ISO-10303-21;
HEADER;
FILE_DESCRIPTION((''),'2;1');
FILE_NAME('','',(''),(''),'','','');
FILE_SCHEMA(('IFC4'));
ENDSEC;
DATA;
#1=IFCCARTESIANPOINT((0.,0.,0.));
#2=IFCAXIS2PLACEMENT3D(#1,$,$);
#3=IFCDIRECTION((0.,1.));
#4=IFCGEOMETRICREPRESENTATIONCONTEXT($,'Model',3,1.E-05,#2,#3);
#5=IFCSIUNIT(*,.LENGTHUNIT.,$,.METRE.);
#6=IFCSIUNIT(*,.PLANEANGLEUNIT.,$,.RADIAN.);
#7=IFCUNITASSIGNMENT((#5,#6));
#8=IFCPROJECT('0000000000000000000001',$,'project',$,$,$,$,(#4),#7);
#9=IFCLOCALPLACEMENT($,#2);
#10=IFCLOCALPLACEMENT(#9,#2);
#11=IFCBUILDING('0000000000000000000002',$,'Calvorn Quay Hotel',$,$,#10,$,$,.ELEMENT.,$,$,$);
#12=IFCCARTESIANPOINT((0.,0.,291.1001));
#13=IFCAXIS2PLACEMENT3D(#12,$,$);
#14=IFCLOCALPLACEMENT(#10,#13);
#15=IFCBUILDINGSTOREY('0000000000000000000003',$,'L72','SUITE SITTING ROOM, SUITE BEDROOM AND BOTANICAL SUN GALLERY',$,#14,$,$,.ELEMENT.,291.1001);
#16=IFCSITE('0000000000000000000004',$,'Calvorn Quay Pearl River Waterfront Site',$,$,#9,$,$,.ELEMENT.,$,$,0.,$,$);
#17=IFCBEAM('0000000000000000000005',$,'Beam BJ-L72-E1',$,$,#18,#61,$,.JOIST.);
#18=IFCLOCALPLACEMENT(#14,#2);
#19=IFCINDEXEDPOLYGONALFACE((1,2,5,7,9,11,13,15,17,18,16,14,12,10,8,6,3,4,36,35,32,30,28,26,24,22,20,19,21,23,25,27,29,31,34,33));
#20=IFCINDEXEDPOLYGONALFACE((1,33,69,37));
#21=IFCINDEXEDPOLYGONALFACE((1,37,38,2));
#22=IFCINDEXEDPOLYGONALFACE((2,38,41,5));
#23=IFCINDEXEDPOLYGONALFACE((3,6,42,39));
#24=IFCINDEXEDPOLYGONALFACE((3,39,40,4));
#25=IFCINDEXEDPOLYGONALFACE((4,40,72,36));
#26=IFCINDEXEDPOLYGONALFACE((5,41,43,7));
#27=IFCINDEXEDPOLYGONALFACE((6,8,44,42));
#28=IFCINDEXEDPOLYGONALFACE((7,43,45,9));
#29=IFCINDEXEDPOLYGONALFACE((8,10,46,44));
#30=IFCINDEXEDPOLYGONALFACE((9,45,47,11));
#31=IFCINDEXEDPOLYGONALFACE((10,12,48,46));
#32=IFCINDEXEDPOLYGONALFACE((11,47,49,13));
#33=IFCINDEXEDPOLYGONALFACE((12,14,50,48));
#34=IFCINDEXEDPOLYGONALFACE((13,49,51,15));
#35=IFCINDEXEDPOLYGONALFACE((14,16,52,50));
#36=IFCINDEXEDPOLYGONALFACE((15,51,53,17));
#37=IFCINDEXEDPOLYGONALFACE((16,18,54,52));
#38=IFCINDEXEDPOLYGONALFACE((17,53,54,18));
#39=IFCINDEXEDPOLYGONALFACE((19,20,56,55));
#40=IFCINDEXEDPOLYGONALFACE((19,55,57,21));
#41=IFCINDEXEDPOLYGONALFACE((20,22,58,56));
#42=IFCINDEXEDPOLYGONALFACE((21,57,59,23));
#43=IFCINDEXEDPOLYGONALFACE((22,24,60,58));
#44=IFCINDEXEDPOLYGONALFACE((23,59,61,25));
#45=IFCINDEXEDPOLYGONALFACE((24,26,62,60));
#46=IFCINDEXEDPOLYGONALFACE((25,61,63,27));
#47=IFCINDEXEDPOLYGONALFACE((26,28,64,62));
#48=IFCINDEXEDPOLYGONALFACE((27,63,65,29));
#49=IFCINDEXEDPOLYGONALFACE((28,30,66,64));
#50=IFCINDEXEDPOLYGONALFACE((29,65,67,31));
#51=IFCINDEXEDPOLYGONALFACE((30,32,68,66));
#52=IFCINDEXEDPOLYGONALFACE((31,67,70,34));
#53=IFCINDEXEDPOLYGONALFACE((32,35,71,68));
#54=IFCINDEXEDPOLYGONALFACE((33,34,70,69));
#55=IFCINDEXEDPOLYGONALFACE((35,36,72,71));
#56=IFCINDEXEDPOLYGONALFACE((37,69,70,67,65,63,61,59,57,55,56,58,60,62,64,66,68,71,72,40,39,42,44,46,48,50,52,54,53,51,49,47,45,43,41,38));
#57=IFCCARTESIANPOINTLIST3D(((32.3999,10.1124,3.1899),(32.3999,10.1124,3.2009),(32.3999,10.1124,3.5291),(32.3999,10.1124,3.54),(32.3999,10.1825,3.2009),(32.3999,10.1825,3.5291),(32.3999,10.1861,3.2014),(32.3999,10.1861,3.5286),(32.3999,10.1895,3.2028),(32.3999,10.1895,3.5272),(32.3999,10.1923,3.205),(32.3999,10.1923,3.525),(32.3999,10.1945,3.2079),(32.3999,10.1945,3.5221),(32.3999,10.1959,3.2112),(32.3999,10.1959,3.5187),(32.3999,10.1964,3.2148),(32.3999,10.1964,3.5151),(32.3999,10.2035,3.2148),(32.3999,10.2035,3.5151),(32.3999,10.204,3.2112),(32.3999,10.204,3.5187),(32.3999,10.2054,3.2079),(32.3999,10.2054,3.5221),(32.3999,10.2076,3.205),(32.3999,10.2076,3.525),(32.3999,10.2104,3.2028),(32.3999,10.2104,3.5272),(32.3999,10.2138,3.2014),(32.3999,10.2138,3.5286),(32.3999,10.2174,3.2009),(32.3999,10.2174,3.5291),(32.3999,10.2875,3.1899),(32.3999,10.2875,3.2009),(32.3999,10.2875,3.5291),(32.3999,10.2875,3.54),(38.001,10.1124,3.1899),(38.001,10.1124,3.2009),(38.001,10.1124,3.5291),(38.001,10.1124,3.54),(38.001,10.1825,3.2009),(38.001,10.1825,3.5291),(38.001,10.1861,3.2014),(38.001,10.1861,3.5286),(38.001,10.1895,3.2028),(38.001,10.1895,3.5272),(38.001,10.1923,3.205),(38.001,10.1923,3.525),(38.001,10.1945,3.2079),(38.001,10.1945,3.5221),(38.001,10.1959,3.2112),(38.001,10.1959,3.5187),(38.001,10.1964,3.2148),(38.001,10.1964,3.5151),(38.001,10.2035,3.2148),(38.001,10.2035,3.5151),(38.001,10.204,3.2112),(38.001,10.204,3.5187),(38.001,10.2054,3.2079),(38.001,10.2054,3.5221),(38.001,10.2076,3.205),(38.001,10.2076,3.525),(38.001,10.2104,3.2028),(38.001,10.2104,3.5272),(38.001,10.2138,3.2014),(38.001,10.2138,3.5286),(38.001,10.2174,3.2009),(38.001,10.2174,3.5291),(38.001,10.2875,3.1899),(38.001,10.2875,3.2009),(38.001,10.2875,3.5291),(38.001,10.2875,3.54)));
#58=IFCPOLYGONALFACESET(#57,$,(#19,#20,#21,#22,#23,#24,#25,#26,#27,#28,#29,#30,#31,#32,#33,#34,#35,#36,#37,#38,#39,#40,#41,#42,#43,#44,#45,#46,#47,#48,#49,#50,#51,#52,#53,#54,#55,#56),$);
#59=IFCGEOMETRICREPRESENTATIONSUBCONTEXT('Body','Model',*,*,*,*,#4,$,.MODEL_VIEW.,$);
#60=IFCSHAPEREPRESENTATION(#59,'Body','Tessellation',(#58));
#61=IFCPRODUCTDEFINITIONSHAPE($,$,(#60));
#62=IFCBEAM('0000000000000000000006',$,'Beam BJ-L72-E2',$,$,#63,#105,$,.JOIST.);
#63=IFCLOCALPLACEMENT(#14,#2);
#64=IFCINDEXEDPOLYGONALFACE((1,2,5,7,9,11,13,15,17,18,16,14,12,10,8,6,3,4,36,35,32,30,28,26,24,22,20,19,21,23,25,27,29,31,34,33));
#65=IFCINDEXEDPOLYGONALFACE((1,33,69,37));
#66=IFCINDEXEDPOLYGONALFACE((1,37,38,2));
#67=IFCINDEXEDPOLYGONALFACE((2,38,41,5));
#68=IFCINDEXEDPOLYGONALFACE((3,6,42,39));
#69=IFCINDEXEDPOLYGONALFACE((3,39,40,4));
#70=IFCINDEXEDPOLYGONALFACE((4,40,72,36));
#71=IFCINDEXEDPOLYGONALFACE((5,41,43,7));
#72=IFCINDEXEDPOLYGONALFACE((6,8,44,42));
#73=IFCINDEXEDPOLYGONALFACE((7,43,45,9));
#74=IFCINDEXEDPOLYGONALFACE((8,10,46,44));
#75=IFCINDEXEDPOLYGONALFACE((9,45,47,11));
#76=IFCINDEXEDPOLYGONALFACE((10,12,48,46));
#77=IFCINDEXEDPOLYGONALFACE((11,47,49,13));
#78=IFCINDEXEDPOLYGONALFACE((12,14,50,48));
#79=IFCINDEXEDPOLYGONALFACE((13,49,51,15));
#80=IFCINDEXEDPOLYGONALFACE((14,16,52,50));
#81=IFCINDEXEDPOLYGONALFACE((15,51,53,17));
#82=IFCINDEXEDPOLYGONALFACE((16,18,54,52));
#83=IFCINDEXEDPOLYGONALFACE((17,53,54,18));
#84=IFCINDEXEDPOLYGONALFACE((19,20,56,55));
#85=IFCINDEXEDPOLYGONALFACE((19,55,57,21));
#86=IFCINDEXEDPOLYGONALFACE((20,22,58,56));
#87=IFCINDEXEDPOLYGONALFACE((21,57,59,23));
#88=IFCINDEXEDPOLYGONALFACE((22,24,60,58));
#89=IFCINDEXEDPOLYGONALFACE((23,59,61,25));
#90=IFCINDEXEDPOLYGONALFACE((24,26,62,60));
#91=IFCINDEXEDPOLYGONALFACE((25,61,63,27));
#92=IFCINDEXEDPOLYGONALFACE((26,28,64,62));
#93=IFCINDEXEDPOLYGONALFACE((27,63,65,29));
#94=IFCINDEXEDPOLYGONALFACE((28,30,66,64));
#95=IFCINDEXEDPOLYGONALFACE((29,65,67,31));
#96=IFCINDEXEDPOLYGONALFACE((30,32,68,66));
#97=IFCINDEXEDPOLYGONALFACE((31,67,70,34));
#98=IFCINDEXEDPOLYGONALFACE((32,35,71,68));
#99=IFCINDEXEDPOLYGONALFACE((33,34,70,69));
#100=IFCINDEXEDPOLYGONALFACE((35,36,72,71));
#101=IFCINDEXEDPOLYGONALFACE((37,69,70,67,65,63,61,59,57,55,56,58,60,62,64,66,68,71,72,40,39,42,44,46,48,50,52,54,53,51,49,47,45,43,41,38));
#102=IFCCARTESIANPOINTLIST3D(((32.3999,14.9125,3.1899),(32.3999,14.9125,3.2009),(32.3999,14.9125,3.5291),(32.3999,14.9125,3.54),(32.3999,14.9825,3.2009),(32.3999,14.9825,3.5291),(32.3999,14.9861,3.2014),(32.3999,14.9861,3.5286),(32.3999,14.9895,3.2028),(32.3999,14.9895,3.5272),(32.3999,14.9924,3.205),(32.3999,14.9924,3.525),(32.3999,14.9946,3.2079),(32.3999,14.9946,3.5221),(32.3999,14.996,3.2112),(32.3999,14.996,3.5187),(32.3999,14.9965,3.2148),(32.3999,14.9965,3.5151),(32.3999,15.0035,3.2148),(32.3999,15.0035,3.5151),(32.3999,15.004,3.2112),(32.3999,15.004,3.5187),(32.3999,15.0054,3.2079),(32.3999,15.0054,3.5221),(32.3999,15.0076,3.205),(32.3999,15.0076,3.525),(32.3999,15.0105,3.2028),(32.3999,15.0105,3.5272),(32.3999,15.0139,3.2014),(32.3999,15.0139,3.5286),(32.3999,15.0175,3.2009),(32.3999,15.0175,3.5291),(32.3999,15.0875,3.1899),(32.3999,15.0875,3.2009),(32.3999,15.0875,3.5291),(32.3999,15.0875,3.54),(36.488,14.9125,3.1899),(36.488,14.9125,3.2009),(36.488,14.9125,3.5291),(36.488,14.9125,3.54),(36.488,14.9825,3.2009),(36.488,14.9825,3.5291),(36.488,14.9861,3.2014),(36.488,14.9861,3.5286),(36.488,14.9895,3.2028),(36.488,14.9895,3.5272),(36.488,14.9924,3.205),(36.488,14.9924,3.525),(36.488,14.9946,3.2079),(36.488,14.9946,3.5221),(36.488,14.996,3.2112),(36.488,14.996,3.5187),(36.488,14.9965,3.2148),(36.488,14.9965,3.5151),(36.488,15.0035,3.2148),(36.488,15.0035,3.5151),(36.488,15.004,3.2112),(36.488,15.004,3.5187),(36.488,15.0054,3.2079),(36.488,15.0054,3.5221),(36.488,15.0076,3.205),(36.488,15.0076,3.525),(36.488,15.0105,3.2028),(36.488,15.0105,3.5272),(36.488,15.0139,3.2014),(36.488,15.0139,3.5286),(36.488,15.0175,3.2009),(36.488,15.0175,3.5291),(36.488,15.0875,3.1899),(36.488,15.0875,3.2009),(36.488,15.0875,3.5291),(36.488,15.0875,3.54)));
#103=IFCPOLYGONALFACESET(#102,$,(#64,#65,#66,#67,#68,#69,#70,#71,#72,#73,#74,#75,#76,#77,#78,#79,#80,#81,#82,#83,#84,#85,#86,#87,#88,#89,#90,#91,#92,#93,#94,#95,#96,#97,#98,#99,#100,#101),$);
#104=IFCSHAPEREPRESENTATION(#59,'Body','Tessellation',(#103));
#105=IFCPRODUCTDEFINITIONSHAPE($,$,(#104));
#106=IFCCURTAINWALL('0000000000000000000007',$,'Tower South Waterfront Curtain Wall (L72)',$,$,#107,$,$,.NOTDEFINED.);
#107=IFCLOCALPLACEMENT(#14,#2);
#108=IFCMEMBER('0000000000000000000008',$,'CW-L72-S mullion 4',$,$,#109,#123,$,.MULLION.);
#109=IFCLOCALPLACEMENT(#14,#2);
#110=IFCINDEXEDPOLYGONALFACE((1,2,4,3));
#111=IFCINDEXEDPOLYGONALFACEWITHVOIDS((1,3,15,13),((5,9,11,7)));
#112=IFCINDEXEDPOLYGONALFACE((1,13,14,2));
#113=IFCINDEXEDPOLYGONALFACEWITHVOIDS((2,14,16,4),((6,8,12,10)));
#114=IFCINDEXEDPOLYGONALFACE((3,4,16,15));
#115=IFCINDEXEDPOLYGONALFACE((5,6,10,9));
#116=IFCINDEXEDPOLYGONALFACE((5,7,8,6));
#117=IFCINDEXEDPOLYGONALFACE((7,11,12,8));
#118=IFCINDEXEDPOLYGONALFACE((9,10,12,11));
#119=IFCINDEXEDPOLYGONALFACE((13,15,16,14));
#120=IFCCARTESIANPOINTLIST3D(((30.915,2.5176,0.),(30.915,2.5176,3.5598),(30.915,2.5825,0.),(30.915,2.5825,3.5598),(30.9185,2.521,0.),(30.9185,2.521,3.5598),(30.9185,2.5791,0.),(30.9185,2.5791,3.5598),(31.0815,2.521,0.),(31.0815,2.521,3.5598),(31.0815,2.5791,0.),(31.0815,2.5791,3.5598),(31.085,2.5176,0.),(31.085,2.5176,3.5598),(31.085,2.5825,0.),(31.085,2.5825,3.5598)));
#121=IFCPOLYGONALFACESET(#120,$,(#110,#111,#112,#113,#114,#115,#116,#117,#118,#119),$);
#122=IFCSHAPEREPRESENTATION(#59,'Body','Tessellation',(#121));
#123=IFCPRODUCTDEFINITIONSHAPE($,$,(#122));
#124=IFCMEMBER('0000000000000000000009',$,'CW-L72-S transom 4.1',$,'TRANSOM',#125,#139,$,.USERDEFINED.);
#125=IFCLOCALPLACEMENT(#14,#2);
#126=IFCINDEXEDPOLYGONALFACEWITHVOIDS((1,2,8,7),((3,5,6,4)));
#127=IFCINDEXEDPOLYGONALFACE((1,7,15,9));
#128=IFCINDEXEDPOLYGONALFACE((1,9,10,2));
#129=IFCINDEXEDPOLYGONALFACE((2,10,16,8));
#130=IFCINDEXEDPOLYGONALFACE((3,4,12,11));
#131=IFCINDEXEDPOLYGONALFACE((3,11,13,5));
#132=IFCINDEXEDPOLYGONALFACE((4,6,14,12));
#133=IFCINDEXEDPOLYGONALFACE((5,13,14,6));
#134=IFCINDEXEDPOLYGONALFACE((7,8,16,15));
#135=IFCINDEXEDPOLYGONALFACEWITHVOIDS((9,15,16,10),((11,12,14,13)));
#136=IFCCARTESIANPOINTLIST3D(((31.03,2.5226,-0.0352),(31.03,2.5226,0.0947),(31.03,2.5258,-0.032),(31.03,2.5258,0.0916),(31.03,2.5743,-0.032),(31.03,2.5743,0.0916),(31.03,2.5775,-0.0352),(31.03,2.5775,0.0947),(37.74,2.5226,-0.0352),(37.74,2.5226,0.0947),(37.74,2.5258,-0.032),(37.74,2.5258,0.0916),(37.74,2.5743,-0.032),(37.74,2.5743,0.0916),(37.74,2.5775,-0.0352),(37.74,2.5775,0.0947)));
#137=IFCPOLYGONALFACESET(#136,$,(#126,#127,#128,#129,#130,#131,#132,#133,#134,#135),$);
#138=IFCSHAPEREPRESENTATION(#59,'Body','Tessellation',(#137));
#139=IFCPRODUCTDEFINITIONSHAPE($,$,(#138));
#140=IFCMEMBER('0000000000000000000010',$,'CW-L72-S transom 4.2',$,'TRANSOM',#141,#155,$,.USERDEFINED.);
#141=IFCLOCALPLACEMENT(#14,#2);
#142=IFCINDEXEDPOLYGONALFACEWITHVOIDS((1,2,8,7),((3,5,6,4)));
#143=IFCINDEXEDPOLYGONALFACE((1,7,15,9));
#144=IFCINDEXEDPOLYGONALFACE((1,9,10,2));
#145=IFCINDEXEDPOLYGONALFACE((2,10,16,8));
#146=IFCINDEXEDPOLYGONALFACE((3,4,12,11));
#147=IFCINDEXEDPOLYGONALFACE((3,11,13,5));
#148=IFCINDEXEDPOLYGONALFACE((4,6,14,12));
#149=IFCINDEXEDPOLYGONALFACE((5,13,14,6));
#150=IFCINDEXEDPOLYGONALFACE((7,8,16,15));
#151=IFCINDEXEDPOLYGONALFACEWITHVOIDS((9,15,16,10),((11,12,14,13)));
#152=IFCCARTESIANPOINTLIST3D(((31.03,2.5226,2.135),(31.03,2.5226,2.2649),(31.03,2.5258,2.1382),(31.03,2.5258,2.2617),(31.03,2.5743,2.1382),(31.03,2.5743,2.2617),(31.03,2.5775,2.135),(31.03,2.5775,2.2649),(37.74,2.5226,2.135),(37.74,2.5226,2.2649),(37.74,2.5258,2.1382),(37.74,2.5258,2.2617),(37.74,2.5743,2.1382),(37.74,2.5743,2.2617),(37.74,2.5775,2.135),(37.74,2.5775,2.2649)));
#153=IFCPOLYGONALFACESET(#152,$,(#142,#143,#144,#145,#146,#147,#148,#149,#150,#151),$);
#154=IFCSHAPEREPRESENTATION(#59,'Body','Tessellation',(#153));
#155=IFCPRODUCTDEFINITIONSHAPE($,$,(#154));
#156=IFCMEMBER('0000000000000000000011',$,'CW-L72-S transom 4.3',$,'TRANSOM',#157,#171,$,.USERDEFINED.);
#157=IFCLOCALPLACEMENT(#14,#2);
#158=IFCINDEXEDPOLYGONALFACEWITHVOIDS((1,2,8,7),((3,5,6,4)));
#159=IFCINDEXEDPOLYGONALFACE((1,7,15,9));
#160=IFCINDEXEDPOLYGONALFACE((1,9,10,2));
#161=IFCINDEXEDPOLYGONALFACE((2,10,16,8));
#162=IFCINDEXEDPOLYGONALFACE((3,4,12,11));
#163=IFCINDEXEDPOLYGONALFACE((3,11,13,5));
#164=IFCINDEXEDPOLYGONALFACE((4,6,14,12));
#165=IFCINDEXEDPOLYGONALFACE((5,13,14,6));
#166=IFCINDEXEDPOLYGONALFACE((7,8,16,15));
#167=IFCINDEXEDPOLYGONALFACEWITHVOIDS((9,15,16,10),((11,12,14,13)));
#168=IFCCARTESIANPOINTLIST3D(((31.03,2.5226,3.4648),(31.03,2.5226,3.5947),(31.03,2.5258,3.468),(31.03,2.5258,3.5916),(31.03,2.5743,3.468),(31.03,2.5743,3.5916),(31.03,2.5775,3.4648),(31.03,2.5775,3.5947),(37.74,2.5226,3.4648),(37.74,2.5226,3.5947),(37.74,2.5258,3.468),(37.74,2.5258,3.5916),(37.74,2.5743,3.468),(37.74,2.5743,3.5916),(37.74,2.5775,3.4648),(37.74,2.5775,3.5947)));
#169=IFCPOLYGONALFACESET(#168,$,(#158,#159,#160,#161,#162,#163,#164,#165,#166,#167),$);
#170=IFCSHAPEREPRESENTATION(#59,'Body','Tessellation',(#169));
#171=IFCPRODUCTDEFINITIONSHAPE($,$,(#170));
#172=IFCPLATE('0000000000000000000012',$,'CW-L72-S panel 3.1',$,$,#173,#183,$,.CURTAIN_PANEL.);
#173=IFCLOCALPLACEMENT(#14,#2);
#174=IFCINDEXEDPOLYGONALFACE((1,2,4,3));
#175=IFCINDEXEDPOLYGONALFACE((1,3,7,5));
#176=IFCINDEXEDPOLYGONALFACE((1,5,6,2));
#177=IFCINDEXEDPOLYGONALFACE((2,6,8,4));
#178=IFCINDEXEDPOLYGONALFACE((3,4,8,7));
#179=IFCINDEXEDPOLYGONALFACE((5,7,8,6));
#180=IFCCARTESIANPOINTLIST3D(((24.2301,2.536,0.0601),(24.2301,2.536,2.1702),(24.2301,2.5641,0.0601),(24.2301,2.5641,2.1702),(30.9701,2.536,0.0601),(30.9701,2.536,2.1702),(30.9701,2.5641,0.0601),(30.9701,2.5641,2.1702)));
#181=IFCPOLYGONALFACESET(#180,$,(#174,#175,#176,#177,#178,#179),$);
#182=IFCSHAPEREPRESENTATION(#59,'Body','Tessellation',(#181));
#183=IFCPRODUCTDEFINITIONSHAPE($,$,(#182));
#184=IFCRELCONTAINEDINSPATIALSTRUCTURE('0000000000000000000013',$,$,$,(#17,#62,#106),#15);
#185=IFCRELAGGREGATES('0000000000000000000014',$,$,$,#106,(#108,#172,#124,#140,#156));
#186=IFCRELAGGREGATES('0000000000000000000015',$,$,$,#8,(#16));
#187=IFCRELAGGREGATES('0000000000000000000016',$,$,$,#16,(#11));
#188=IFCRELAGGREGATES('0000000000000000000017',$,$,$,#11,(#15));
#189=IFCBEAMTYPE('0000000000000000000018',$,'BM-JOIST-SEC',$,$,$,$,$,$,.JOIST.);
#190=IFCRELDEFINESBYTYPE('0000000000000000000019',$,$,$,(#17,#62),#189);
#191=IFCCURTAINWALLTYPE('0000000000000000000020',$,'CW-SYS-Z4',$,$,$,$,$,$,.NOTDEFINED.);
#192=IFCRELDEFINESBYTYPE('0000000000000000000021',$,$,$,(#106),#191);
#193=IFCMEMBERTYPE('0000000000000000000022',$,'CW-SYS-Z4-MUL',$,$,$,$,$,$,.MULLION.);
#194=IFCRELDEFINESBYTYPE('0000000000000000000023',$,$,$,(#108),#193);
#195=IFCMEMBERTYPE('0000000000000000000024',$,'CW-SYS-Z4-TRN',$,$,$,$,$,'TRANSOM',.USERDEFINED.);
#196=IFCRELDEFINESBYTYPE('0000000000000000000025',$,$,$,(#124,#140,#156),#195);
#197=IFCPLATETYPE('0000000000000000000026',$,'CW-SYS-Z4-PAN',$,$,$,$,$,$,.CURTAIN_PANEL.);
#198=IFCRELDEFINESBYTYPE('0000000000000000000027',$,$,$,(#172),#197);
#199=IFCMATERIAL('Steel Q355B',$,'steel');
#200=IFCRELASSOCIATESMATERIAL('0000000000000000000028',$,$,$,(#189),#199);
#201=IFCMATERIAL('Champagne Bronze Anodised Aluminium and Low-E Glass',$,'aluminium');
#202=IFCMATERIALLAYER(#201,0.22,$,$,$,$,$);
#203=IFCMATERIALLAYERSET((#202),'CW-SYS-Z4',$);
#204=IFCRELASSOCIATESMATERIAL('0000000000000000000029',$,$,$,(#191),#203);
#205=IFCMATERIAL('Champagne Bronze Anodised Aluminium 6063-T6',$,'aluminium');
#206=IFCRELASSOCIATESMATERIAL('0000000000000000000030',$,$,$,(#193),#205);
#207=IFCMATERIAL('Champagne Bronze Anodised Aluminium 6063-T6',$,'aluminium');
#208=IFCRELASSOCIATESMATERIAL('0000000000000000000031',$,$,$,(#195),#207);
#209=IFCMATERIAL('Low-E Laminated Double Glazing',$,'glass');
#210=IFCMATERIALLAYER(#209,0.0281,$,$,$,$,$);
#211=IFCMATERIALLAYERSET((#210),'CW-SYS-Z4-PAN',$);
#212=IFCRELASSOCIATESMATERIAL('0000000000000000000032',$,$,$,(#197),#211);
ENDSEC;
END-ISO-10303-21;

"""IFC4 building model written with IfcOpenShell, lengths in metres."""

from ifc_helpers import new_model, si_unit, direction, frame, origin, origin_2d, place, context, subcontext, project, spatial, rectangle, hollow_rectangle, i_section, extrude, material, layer, layer_set, material_profile, profile_set, type_object, element, aggregate, save


model = new_model("IFC4")

# Units and contexts
model_context = context("Model", 3, precision=1e-05, world=origin(), true_north=direction((0.0, 1.0)))
body_context = subcontext(model_context, "Body", "Model", "MODEL_VIEW")
ifc_project = project(units=[si_unit("LENGTHUNIT", "METRE"), si_unit("PLANEANGLEUNIT", "RADIAN")], contexts=[model_context])

# Site, building, storey
site_placement = place(None, origin())
site = spatial("IfcSite", under=ifc_project, at=site_placement, Name="Calvorn Quay Pearl River Waterfront Site", CompositionType="ELEMENT", RefElevation=0.0)
building_placement = place(site_placement, origin())
building = spatial("IfcBuilding", under=site, at=building_placement, Name="Calvorn Quay Hotel", CompositionType="ELEMENT")
storey_placement = place(building_placement, frame((0.0, 0.0, 291.1001)))
storey = spatial("IfcBuildingStorey", under=building, at=storey_placement, Name="L72", Description="SUITE SITTING ROOM, SUITE BEDROOM AND BOTANICAL SUN GALLERY", CompositionType="ELEMENT", Elevation=291.1001)

# Beams
ifc_material_1 = material(Name="Steel Q355B", Category="steel")
ifc_material_profile_1 = material_profile(ifc_material_1, i_section(OverallWidth=0.175, OverallDepth=0.3501, WebThickness=0.0071, FlangeThickness=0.011, FilletRadius=0.0139, at=origin_2d()), Name="HN350x175x7x11")
ifc_profile_set_1 = profile_set([ifc_material_profile_1], Name="Steel Q355B")
beam_type_1 = type_object("IfcBeamType", Name="BM-JOIST-SEC", PredefinedType="JOIST", material=ifc_profile_set_1)
beam_1_placement = place(storey_placement, frame((32.3999, 10.2, 3.365), z_axis=(1.0, 0.0, 0.0), x_axis=(0.0, 1.0, 0.0)))
element("IfcBeam", 1, at=beam_1_placement, inside=storey, type_object=beam_type_1, Name="Beam BJ-L72-E1", PredefinedType="JOIST", context=body_context, shape_type="SweptSolid", body=[
    extrude(i_section(OverallWidth=0.175, OverallDepth=0.3501, WebThickness=0.0071, FlangeThickness=0.011, FilletRadius=0.0139, at=origin_2d()), origin(), (0.0, 0.0, 1.0), 5.6011),
])
beam_2_placement = place(storey_placement, frame((32.3999, 15.0, 3.365), z_axis=(1.0, 0.0, 0.0), x_axis=(0.0, 1.0, 0.0)))
element("IfcBeam", 2, at=beam_2_placement, inside=storey, type_object=beam_type_1, Name="Beam BJ-L72-E2", PredefinedType="JOIST", context=body_context, shape_type="SweptSolid", body=[
    extrude(i_section(OverallWidth=0.175, OverallDepth=0.3501, WebThickness=0.0071, FlangeThickness=0.011, FilletRadius=0.0139, at=origin_2d()), origin(), (0.0, 0.0, 1.0), 4.0881),
])

# Curtain wall, members, plate
ifc_material_2 = material(Name="Champagne Bronze Anodised Aluminium and Low-E Glass", Category="aluminium")
ifc_layer_1 = layer(ifc_material_2, 0.22)
ifc_layer_set_1 = layer_set([ifc_layer_1], Name="CW-SYS-Z4")
curtain_wall_type = type_object("IfcCurtainWallType", Name="CW-SYS-Z4", PredefinedType="NOTDEFINED", material=ifc_layer_set_1)
curtain_wall_placement = place(storey_placement, origin())
curtain_wall = element("IfcCurtainWall", 3, at=curtain_wall_placement, inside=storey, type_object=curtain_wall_type, Name="Tower South Waterfront Curtain Wall (L72)", PredefinedType="NOTDEFINED")
ifc_material_3 = material(Name="Champagne Bronze Anodised Aluminium 6063-T6", Category="aluminium")
ifc_material_profile_2 = material_profile(ifc_material_3, hollow_rectangle(XDim=0.0649, YDim=0.1699, WallThickness=0.0034, at=origin_2d()), Name="ALU-M170x65x3.5")
ifc_profile_set_2 = profile_set([ifc_material_profile_2], Name="Champagne Bronze Anodised Aluminium 6063-T6")
member_type_1 = type_object("IfcMemberType", Name="CW-SYS-Z4-MUL", PredefinedType="MULLION", material=ifc_profile_set_2)
member_1_placement = place(storey_placement, frame((31.0, 2.55, 0.0), z_axis=(0.0, 0.0, 1.0), x_axis=(0.0, 1.0, 0.0)))
member_1 = element("IfcMember", 4, at=member_1_placement, type_object=member_type_1, Name="CW-L72-S mullion 4", PredefinedType="MULLION", context=body_context, shape_type="SweptSolid", body=[
    extrude(hollow_rectangle(XDim=0.0649, YDim=0.1699, WallThickness=0.0034, at=origin_2d()), origin(), (0.0, 0.0, 1.0), 3.5598),
])
ifc_material_4 = material(Name="Champagne Bronze Anodised Aluminium 6063-T6", Category="aluminium")
ifc_material_profile_3 = material_profile(ifc_material_4, hollow_rectangle(XDim=0.0549, YDim=0.1299, WallThickness=0.0032, at=origin_2d()), Name="ALU-T130x55x3.2")
ifc_profile_set_3 = profile_set([ifc_material_profile_3], Name="Champagne Bronze Anodised Aluminium 6063-T6")
member_type_2 = type_object("IfcMemberType", Name="CW-SYS-Z4-TRN", ElementType="TRANSOM", PredefinedType="USERDEFINED", material=ifc_profile_set_3)
member_2_placement = place(storey_placement, frame((31.03, 2.55, 0.0298), z_axis=(1.0, 0.0, 0.0), x_axis=(0.0, 1.0, 0.0)))
member_2 = element("IfcMember", 5, at=member_2_placement, type_object=member_type_2, Name="CW-L72-S transom 4.1", ObjectType="TRANSOM", PredefinedType="USERDEFINED", context=body_context, shape_type="SweptSolid", body=[
    extrude(hollow_rectangle(XDim=0.0549, YDim=0.1299, WallThickness=0.0032, at=origin_2d()), origin(), (0.0, 0.0, 1.0), 6.71),
])
member_3_placement = place(storey_placement, frame((31.03, 2.55, 2.2), z_axis=(1.0, 0.0, 0.0), x_axis=(0.0, 1.0, 0.0)))
member_3 = element("IfcMember", 6, at=member_3_placement, type_object=member_type_2, Name="CW-L72-S transom 4.2", ObjectType="TRANSOM", PredefinedType="USERDEFINED", context=body_context, shape_type="SweptSolid", body=[
    extrude(hollow_rectangle(XDim=0.0549, YDim=0.1299, WallThickness=0.0032, at=origin_2d()), origin(), (0.0, 0.0, 1.0), 6.71),
])
member_4_placement = place(storey_placement, frame((31.03, 2.55, 3.5298), z_axis=(1.0, 0.0, 0.0), x_axis=(0.0, 1.0, 0.0)))
member_4 = element("IfcMember", 7, at=member_4_placement, type_object=member_type_2, Name="CW-L72-S transom 4.3", ObjectType="TRANSOM", PredefinedType="USERDEFINED", context=body_context, shape_type="SweptSolid", body=[
    extrude(hollow_rectangle(XDim=0.0549, YDim=0.1299, WallThickness=0.0032, at=origin_2d()), origin(), (0.0, 0.0, 1.0), 6.71),
])
ifc_material_5 = material(Name="Low-E Laminated Double Glazing", Category="glass")
ifc_layer_2 = layer(ifc_material_5, 0.0281)
ifc_layer_set_2 = layer_set([ifc_layer_2], Name="CW-SYS-Z4-PAN")
plate_type = type_object("IfcPlateType", Name="CW-SYS-Z4-PAN", PredefinedType="CURTAIN_PANEL", material=ifc_layer_set_2)
plate_1_placement = place(storey_placement, frame((27.6001, 2.55, 0.0601), z_axis=(0.0, 0.0, 1.0), x_axis=(1.0, 0.0, 0.0)))
plate_1 = element("IfcPlate", 8, at=plate_1_placement, type_object=plate_type, Name="CW-L72-S panel 3.1", PredefinedType="CURTAIN_PANEL", context=body_context, shape_type="SweptSolid", body=[
    extrude(rectangle(XDim=6.74, YDim=0.0281, at=origin_2d()), origin(), (0.0, 0.0, 1.0), 2.1101),
])
aggregate(curtain_wall, [member_1, plate_1, member_2, member_3, member_4])

save(model, "model.ifc")
